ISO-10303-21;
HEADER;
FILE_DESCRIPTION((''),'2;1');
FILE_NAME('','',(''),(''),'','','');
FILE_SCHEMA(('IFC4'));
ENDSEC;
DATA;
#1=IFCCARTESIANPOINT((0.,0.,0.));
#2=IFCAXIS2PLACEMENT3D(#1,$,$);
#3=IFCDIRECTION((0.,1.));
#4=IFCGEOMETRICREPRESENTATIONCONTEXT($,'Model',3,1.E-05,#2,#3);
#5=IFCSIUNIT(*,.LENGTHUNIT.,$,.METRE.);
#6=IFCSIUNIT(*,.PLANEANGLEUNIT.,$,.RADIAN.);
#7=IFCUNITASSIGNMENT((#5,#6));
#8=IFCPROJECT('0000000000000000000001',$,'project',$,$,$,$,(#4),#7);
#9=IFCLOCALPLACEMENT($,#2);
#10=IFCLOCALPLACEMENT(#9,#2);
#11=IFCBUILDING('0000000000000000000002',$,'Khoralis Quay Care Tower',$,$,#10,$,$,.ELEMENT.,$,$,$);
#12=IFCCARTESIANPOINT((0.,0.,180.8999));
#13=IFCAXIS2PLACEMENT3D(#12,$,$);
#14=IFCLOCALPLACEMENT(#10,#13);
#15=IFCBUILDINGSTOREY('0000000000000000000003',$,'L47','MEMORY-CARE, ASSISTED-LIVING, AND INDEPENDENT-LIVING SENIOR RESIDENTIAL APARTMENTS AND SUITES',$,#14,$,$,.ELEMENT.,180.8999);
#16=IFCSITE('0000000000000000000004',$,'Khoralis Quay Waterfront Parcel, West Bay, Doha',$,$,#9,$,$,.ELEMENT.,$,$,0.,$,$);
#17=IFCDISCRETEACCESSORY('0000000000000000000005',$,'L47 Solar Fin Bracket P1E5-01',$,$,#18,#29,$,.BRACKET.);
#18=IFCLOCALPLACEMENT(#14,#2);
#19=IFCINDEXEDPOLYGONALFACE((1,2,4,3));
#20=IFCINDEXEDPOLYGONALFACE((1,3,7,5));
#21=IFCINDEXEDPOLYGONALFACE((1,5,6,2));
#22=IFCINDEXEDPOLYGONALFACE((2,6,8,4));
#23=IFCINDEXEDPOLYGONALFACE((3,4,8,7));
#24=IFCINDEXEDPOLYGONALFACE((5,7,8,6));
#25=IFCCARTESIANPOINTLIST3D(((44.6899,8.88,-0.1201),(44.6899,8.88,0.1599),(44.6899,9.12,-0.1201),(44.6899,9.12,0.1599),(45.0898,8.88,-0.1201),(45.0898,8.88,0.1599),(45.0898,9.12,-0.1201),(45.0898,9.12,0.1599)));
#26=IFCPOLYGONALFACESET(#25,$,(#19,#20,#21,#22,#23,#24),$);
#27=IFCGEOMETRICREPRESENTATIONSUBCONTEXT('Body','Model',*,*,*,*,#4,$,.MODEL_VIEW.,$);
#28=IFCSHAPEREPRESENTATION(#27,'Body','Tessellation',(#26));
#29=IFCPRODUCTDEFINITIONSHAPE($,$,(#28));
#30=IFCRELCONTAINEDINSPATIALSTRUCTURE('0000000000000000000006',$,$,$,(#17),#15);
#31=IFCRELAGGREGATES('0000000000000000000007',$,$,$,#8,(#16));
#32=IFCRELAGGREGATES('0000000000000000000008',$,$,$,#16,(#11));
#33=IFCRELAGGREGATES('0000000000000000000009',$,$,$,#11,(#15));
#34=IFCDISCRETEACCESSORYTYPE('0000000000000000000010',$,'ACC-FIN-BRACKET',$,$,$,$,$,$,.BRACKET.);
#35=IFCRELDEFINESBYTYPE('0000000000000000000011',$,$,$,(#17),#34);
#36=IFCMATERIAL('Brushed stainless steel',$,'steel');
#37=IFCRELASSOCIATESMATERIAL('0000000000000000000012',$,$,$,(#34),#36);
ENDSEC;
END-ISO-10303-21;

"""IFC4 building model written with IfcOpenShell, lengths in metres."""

from ifc_helpers import new_model, si_unit, direction, frame, origin, origin_2d, place, context, subcontext, project, spatial, rectangle, extrude, source, transform, mapped, material, type_object, element, save


model = new_model("IFC4")

# Units and contexts
model_context = context("Model", 3, precision=1e-05, world=origin(), true_north=direction((0.0, 1.0)))
body_context = subcontext(model_context, "Body", "Model", "MODEL_VIEW")
ifc_project = project(units=[si_unit("LENGTHUNIT", "METRE"), si_unit("PLANEANGLEUNIT", "RADIAN")], contexts=[model_context])

# Site, building, storey
site_placement = place(None, origin())
site = spatial("IfcSite", under=ifc_project, at=site_placement, Name="Khoralis Quay Waterfront Parcel, West Bay, Doha", CompositionType="ELEMENT", RefElevation=0.0)
building_placement = place(site_placement, origin())
building = spatial("IfcBuilding", under=site, at=building_placement, Name="Khoralis Quay Care Tower", CompositionType="ELEMENT")
storey_placement = place(building_placement, frame((0.0, 0.0, 180.8999)))
storey = spatial("IfcBuildingStorey", under=building, at=storey_placement, Name="L47", Description="MEMORY-CARE, ASSISTED-LIVING, AND INDEPENDENT-LIVING SENIOR RESIDENTIAL APARTMENTS AND SUITES", CompositionType="ELEMENT", Elevation=180.8999)

# Discrete accessory
ifc_material_1 = material(Name="Brushed stainless steel", Category="steel")
discrete_accessory_type = type_object("IfcDiscreteAccessoryType", Name="ACC-FIN-BRACKET", PredefinedType="BRACKET", material=ifc_material_1)
shared_shape_1 = source(origin(), body_context, "Body", "SweptSolid", [
    extrude(rectangle(XDim=0.3999, YDim=0.24, at=origin_2d()), origin(), (0.0, 0.0, 1.0), 0.28),
])
for number, where, z_axis, x_axis, name in (
    (1, (44.8899, 9.0, -0.1201), (0.0, 0.0, 1.0), (1.0, 0.0, 0.0), "L47 Solar Fin Bracket P1E5-01"),
):
    element("IfcDiscreteAccessory", number, at=place(storey_placement, frame(where, z_axis=z_axis, x_axis=x_axis)), inside=storey, type_object=discrete_accessory_type, Name=name, PredefinedType="BRACKET", context=body_context, shape_type="MappedRepresentation", body=[
        mapped(shared_shape_1, transform((0.0, 0.0, 0.0), scale=1.0)),
    ])

save(model, "model.ifc")
